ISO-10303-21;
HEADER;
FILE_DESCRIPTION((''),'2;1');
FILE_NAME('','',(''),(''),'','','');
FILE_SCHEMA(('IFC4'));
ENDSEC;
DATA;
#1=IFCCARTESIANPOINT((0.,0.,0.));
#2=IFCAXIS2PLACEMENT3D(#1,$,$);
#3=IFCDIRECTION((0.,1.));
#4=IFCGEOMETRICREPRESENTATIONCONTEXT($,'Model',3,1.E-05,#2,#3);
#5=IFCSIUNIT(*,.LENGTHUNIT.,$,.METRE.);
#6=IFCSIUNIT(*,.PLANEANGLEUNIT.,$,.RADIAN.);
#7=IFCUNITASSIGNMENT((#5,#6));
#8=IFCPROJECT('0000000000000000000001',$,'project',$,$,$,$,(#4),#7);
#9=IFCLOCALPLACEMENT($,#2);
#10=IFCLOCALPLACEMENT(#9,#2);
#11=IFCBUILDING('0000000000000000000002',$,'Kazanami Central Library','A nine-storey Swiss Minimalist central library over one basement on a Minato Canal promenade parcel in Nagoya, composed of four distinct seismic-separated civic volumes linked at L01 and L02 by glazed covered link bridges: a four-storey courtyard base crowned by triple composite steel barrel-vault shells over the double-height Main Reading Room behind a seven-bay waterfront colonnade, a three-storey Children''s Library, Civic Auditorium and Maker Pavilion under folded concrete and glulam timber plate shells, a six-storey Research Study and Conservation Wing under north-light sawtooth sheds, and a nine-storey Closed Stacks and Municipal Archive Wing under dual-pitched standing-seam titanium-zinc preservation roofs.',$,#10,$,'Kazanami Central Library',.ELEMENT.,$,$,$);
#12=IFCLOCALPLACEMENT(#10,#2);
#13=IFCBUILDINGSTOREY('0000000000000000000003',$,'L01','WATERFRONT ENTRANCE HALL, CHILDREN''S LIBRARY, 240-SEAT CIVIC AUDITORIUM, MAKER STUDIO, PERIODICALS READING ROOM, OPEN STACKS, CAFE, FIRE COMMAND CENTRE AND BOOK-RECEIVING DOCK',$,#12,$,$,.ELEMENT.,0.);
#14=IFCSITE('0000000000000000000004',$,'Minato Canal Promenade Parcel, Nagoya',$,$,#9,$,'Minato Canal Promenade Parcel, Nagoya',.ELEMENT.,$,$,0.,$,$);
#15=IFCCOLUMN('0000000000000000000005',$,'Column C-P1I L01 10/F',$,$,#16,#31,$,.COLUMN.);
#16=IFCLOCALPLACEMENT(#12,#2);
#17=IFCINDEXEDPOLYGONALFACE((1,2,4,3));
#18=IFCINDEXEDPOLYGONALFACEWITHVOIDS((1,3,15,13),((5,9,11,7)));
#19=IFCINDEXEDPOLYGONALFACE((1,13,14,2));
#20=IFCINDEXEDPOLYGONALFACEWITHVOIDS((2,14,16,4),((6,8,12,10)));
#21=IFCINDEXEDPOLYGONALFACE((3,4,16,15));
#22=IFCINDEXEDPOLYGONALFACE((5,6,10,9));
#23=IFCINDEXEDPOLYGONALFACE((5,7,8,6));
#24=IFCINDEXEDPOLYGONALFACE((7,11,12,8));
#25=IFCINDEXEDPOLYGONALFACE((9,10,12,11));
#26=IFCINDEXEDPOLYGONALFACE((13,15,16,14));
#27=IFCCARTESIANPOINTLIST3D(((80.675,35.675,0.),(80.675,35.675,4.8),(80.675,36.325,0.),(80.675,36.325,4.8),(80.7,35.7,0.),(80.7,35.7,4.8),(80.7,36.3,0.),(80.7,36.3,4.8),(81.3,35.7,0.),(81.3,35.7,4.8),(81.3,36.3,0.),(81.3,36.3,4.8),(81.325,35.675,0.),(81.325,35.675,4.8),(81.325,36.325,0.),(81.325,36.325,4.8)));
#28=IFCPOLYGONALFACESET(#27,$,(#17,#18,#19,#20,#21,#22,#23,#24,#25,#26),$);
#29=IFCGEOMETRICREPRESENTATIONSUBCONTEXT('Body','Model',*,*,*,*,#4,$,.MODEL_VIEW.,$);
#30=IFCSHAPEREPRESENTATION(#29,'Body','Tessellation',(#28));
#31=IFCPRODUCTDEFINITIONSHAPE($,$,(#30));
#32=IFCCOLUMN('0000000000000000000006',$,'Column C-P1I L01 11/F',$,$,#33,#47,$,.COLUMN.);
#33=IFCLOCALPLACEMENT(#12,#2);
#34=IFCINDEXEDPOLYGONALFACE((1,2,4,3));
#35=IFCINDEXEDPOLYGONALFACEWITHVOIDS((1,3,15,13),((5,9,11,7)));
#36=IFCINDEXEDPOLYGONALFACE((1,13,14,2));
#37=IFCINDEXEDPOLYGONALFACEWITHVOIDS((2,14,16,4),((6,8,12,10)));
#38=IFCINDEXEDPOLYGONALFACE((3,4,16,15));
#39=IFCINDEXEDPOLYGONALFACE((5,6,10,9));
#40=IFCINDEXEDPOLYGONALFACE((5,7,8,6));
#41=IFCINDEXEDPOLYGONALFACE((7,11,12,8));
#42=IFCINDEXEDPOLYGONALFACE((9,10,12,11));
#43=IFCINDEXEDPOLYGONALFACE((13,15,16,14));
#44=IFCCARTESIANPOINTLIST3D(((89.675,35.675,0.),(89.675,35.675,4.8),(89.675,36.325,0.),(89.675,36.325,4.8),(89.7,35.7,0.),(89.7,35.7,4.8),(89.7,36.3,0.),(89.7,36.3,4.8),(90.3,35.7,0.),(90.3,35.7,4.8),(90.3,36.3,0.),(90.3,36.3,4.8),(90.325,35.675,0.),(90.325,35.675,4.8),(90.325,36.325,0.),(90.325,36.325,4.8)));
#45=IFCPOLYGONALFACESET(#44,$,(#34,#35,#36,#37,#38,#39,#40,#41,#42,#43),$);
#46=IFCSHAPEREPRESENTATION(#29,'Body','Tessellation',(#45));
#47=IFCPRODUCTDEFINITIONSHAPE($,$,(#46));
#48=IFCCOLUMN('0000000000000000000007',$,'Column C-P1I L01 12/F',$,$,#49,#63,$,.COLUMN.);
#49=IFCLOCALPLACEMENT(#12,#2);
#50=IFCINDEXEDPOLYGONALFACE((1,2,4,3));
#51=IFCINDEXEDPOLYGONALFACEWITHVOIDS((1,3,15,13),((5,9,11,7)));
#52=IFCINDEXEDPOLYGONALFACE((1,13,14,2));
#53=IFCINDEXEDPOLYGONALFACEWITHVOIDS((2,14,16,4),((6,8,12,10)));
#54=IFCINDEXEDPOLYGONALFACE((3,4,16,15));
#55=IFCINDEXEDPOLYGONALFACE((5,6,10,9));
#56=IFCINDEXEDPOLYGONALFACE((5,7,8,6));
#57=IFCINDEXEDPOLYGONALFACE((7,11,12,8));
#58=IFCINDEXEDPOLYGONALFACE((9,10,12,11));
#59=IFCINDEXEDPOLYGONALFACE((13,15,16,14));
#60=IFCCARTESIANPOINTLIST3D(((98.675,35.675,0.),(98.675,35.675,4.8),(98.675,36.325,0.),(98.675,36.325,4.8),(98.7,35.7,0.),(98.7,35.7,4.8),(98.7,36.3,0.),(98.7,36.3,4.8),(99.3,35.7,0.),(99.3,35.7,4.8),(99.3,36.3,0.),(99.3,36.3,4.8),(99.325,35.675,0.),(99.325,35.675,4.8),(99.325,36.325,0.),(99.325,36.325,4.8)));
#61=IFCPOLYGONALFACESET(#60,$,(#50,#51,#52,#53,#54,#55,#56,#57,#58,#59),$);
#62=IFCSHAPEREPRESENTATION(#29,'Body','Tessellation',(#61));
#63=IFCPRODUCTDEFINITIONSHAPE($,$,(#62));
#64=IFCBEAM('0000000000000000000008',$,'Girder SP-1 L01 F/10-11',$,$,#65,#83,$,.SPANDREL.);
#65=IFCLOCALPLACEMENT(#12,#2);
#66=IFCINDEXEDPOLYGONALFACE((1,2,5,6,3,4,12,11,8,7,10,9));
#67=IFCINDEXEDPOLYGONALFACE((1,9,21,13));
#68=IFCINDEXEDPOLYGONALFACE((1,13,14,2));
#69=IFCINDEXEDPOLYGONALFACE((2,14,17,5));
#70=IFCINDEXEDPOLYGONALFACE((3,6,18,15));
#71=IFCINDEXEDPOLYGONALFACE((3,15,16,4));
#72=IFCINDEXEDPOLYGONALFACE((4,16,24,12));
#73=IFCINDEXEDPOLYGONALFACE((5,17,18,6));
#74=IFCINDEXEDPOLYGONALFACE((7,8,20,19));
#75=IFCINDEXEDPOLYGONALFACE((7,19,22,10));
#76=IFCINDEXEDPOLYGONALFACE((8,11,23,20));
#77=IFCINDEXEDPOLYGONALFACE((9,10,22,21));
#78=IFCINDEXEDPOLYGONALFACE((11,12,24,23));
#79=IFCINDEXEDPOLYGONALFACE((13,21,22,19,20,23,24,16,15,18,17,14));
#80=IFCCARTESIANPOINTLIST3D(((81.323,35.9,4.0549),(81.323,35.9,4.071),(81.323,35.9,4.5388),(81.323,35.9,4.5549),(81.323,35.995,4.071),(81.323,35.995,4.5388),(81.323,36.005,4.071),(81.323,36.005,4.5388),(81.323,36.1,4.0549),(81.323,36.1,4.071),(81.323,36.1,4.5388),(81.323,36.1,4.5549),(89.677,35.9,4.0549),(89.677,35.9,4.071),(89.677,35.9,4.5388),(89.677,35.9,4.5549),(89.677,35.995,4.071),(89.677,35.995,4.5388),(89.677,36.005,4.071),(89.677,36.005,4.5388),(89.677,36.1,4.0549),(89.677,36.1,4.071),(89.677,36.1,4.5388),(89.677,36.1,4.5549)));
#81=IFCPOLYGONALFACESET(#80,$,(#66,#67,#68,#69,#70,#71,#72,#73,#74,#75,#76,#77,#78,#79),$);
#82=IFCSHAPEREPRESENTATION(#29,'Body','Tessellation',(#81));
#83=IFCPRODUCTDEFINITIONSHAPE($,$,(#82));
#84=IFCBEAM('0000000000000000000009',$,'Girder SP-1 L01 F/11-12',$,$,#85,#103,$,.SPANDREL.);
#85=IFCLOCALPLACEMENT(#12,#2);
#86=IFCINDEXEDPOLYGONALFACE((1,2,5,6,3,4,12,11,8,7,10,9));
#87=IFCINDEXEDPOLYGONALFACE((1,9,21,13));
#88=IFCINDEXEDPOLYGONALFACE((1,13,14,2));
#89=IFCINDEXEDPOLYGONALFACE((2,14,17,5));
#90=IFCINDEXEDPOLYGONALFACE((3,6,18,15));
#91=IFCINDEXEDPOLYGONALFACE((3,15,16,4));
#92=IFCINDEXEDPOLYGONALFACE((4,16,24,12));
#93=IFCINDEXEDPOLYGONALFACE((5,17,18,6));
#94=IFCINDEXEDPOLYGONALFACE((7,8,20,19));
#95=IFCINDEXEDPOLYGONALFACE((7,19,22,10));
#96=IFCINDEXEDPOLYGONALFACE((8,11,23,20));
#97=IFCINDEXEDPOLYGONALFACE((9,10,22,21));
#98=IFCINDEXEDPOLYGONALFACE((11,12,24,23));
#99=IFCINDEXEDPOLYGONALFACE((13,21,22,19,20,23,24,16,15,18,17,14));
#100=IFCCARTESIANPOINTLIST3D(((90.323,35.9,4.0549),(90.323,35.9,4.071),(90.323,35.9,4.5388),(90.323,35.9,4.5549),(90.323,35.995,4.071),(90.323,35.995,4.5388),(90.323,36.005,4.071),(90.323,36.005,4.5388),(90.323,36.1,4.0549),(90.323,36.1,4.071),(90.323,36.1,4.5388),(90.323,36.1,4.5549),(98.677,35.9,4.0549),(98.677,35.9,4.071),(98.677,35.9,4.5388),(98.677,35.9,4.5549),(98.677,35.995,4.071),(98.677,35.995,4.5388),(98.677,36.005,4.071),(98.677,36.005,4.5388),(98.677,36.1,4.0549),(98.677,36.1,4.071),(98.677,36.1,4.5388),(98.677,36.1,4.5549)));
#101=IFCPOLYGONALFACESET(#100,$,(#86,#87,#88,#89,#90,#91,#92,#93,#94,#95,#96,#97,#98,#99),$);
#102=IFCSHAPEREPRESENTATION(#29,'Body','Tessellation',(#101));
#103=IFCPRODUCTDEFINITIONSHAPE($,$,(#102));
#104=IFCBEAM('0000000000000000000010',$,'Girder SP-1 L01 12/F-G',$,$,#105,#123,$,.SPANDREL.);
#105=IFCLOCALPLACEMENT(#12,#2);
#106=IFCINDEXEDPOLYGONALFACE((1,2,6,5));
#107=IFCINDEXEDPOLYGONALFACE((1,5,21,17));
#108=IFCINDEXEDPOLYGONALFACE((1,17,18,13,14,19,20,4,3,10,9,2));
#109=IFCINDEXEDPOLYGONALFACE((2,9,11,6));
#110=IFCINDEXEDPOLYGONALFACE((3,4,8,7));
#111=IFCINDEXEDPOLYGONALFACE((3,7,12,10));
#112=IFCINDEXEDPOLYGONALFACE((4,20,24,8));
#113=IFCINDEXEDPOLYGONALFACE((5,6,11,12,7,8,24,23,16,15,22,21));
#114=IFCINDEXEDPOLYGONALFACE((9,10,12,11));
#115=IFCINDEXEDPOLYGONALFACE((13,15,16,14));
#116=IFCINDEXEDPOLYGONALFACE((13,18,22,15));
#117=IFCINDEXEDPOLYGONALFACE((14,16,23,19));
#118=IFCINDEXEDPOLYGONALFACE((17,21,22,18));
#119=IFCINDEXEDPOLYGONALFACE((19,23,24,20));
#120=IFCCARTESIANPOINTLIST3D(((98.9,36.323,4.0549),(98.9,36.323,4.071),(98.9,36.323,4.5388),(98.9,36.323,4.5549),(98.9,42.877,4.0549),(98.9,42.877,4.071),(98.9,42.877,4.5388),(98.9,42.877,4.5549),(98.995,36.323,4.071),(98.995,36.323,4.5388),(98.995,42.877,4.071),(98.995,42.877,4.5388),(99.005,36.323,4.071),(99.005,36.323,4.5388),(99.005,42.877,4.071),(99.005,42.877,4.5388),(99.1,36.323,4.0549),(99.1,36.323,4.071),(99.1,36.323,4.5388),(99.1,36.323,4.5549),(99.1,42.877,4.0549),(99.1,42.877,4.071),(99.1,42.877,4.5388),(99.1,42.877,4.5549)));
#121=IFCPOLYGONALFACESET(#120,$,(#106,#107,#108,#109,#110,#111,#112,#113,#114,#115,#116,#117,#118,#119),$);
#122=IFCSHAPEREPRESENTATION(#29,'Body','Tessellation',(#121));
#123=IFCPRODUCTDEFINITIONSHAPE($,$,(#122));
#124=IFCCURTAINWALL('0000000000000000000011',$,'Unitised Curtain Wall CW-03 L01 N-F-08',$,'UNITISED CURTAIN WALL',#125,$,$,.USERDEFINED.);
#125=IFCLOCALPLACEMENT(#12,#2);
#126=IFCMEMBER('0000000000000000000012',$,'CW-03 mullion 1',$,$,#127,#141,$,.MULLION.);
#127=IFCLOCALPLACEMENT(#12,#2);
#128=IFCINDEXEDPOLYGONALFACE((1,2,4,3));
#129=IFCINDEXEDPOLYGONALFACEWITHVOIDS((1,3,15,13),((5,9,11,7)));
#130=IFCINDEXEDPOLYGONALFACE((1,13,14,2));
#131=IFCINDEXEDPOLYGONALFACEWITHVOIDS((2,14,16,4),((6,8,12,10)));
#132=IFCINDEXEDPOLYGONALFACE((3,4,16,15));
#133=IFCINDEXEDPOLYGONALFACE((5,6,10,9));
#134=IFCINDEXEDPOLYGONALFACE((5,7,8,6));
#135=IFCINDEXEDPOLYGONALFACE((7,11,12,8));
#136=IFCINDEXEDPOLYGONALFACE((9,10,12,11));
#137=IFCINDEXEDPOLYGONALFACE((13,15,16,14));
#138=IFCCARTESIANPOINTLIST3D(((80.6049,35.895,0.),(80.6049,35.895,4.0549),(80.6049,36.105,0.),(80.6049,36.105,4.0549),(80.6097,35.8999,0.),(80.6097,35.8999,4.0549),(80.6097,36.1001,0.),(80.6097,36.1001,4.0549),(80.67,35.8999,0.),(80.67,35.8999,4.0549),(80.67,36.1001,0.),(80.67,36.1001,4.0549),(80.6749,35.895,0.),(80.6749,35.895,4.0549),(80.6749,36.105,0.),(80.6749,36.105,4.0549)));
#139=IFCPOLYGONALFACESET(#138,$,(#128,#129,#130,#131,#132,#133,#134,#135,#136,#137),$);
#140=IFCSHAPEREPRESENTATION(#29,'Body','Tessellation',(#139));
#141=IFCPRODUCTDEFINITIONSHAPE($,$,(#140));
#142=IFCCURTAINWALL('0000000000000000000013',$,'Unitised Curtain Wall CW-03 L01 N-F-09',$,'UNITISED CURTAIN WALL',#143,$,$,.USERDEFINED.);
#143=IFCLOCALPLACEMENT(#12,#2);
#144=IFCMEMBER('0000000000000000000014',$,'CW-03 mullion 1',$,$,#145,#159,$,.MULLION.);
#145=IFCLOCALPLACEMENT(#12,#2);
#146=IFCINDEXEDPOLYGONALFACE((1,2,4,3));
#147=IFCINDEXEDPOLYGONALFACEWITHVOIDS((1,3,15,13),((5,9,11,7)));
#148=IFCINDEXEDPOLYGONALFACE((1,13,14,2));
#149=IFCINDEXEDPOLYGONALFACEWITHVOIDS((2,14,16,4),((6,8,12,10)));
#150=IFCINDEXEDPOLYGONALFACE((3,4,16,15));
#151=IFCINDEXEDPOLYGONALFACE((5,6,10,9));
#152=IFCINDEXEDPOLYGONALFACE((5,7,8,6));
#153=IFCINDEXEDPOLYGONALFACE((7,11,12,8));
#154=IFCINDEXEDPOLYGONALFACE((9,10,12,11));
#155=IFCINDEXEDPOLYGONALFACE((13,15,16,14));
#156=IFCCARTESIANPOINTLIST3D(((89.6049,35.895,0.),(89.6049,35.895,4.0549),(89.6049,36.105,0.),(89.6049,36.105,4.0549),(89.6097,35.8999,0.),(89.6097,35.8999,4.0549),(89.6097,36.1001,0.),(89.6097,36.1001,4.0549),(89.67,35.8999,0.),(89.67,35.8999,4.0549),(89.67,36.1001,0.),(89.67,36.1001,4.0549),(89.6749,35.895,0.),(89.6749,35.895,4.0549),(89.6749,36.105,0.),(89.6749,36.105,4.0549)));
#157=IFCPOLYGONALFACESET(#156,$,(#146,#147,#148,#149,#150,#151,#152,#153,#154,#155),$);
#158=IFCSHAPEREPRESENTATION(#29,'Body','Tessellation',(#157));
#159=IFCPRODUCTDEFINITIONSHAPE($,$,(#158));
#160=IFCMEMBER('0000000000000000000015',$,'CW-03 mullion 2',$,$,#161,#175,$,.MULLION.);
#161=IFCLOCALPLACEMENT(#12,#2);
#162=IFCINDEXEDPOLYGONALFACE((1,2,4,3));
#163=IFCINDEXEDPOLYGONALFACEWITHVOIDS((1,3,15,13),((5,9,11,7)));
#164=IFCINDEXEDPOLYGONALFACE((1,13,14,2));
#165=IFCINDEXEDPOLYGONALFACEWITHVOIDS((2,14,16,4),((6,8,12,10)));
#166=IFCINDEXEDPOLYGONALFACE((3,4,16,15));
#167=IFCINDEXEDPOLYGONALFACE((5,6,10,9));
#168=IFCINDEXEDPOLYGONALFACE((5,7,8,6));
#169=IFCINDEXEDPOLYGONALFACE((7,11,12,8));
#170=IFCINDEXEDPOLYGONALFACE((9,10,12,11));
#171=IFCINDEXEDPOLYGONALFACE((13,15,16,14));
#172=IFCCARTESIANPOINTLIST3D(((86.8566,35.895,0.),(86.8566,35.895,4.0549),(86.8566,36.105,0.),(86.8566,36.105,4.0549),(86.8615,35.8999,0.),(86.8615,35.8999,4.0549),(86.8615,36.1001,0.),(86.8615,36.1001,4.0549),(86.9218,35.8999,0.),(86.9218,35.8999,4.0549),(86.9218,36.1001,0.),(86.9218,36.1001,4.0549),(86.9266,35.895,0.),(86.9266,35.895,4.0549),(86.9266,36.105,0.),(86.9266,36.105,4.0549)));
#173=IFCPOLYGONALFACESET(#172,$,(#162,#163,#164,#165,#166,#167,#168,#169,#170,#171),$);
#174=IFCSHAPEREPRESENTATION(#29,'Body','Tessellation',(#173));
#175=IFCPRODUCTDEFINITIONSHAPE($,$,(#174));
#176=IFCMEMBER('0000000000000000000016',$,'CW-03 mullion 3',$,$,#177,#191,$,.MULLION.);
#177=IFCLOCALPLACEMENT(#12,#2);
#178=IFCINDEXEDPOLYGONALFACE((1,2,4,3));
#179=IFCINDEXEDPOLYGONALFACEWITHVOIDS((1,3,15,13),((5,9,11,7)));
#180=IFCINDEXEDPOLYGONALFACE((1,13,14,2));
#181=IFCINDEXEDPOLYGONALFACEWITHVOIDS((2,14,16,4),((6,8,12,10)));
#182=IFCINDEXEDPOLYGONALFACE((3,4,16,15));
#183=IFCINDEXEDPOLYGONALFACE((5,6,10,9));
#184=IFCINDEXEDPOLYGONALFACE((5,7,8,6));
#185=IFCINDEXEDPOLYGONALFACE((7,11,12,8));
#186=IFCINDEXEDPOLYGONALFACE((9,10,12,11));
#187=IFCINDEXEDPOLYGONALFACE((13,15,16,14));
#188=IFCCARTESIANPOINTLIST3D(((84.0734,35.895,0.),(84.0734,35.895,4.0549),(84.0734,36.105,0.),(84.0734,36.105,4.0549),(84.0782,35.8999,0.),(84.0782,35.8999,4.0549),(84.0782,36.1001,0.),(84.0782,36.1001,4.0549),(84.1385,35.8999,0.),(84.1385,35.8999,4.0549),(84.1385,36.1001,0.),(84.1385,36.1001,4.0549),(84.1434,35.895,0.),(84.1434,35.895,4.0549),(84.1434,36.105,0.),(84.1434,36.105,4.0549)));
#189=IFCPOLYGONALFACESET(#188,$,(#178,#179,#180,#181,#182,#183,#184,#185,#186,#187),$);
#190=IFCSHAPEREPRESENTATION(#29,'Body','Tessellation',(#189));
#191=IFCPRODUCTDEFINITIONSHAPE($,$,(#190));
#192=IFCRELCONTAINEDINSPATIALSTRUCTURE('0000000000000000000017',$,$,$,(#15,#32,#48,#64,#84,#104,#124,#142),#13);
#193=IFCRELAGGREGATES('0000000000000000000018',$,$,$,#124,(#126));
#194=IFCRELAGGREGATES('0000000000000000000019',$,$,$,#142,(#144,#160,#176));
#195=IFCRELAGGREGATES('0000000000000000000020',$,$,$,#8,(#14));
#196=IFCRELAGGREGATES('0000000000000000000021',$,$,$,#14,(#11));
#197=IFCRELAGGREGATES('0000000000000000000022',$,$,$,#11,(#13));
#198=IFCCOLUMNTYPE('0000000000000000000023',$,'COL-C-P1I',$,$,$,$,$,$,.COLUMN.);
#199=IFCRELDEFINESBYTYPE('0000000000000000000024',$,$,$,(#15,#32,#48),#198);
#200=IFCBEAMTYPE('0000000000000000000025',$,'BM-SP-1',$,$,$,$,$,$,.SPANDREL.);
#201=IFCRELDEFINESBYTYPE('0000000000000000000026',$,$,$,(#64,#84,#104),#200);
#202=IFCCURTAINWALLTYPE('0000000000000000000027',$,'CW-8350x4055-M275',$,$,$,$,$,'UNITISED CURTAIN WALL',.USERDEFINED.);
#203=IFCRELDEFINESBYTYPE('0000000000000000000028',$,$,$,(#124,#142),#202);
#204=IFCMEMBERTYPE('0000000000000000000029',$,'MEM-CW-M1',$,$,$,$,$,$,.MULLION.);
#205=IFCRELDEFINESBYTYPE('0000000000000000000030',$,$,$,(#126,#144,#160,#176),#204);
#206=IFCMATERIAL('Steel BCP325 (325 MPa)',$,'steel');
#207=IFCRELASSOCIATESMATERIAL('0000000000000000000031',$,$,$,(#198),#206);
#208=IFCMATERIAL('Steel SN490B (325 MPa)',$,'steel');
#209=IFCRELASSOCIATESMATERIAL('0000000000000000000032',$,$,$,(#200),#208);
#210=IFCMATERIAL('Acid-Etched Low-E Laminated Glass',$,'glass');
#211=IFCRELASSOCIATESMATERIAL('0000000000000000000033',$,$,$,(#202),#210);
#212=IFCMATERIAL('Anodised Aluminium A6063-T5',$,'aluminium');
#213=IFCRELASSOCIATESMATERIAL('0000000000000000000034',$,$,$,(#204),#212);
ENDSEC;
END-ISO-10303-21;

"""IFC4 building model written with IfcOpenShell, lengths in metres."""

from ifc_helpers import new_model, si_unit, direction, frame, origin, origin_2d, place, context, subcontext, project, spatial, hollow_rectangle, i_section, extrude, material, material_profile, profile_set, type_object, element, aggregate, save


model = new_model("IFC4")

# Units and contexts
model_context = context("Model", 3, precision=1e-05, world=origin(), true_north=direction((0.0, 1.0)))
body_context = subcontext(model_context, "Body", "Model", "MODEL_VIEW")
ifc_project = project(units=[si_unit("LENGTHUNIT", "METRE"), si_unit("PLANEANGLEUNIT", "RADIAN")], contexts=[model_context])

# Site, building, storey
site_placement = place(None, origin())
site = spatial("IfcSite", under=ifc_project, at=site_placement, Name="Minato Canal Promenade Parcel, Nagoya", LongName="Minato Canal Promenade Parcel, Nagoya", CompositionType="ELEMENT", RefElevation=0.0)
building_placement = place(site_placement, origin())
building = spatial("IfcBuilding", under=site, at=building_placement, Name="Kazanami Central Library", Description="A nine-storey Swiss Minimalist central library over one basement on a Minato Canal promenade parcel in Nagoya, composed of four distinct seismic-separated civic volumes linked at L01 and L02 by glazed covered link bridges: a four-storey courtyard base crowned by triple composite steel barrel-vault shells over the double-height Main Reading Room behind a seven-bay waterfront colonnade, a three-storey Children's Library, Civic Auditorium and Maker Pavilion under folded concrete and glulam timber plate shells, a six-storey Research Study and Conservation Wing under north-light sawtooth sheds, and a nine-storey Closed Stacks and Municipal Archive Wing under dual-pitched standing-seam titanium-zinc preservation roofs.", LongName="Kazanami Central Library", CompositionType="ELEMENT")
storey_placement = place(building_placement, origin())
storey = spatial("IfcBuildingStorey", under=building, at=storey_placement, Name="L01", Description="WATERFRONT ENTRANCE HALL, CHILDREN'S LIBRARY, 240-SEAT CIVIC AUDITORIUM, MAKER STUDIO, PERIODICALS READING ROOM, OPEN STACKS, CAFE, FIRE COMMAND CENTRE AND BOOK-RECEIVING DOCK", CompositionType="ELEMENT", Elevation=0.0)

# Columns
ifc_material_1 = material(Name="Steel BCP325 (325 MPa)", Category="steel")
ifc_material_profile_1 = material_profile(ifc_material_1, hollow_rectangle(XDim=0.6499, YDim=0.6499, WallThickness=0.0249, at=origin_2d()), Name="BCP-650x650x25")
ifc_profile_set_1 = profile_set([ifc_material_profile_1], Name="Steel BCP325 (325 MPa)")
column_type = type_object("IfcColumnType", Name="COL-C-P1I", PredefinedType="COLUMN", material=ifc_profile_set_1)
for number, where, z_axis, x_axis, name in (
    (1, (81.0, 36.0, 0.0), (0.0, 0.0, 1.0), (1.0, 0.0, 0.0), "Column C-P1I L01 10/F"),
    (2, (90.0, 36.0, 0.0), (0.0, 0.0, 1.0), (1.0, 0.0, 0.0), "Column C-P1I L01 11/F"),
    (3, (99.0, 36.0, 0.0), (0.0, 0.0, 1.0), (1.0, 0.0, 0.0), "Column C-P1I L01 12/F"),
):
    element("IfcColumn", number, at=place(storey_placement, frame(where, z_axis=z_axis, x_axis=x_axis)), inside=storey, type_object=column_type, Name=name, PredefinedType="COLUMN", context=body_context, shape_type="SweptSolid", body=[
        extrude(hollow_rectangle(XDim=0.6499, YDim=0.6499, WallThickness=0.0249, at=origin_2d()), origin(), (0.0, 0.0, 1.0), 4.8),
    ])

# Beams
ifc_material_2 = material(Name="Steel SN490B (325 MPa)", Category="steel")
ifc_material_profile_2 = material_profile(ifc_material_2, i_section(OverallWidth=0.2, OverallDepth=0.5, WebThickness=0.01, FlangeThickness=0.0161, at=origin_2d()), Name="H-500x200x10x16")
ifc_profile_set_2 = profile_set([ifc_material_profile_2], Name="Steel SN490B (325 MPa)")
beam_type = type_object("IfcBeamType", Name="BM-SP-1", PredefinedType="SPANDREL", material=ifc_profile_set_2)
for number, where, z_axis, x_axis, name in (
    (4, (81.323, 36.0, 4.3049), (1.0, 0.0, 0.0), (0.0, 1.0, 0.0), "Girder SP-1 L01 F/10-11"),
    (5, (90.323, 36.0, 4.3049), (1.0, 0.0, 0.0), (0.0, 1.0, 0.0), "Girder SP-1 L01 F/11-12"),
):
    element("IfcBeam", number, at=place(storey_placement, frame(where, z_axis=z_axis, x_axis=x_axis)), inside=storey, type_object=beam_type, Name=name, PredefinedType="SPANDREL", context=body_context, shape_type="SweptSolid", body=[
        extrude(i_section(OverallWidth=0.2, OverallDepth=0.5, WebThickness=0.01, FlangeThickness=0.0161, at=origin_2d()), origin(), (0.0, 0.0, 1.0), 8.354),
    ])
beam_placement = place(storey_placement, frame((99.0, 36.323, 4.3049), z_axis=(0.0, 1.0, 0.0), x_axis=(-1.0, 0.0, 0.0)))
element("IfcBeam", 6, at=beam_placement, inside=storey, type_object=beam_type, Name="Girder SP-1 L01 12/F-G", PredefinedType="SPANDREL", context=body_context, shape_type="SweptSolid", body=[
    extrude(i_section(OverallWidth=0.2, OverallDepth=0.5, WebThickness=0.01, FlangeThickness=0.0161, at=origin_2d()), origin(), (0.0, 0.0, 1.0), 6.554),
])

# Curtain wall, member
ifc_material_3 = material(Name="Acid-Etched Low-E Laminated Glass", Category="glass")
curtain_wall_type_1 = type_object("IfcCurtainWallType", Name="CW-8350x4055-M275", ElementType="UNITISED CURTAIN WALL", PredefinedType="USERDEFINED", material=ifc_material_3)
curtain_wall_1_placement = place(storey_placement, origin())
curtain_wall_1 = element("IfcCurtainWall", 7, at=curtain_wall_1_placement, inside=storey, type_object=curtain_wall_type_1, Name="Unitised Curtain Wall CW-03 L01 N-F-08", ObjectType="UNITISED CURTAIN WALL", PredefinedType="USERDEFINED")
ifc_material_4 = material(Name="Anodised Aluminium A6063-T5", Category="aluminium")
ifc_material_profile_3 = material_profile(ifc_material_4, hollow_rectangle(XDim=0.0701, YDim=0.21, WallThickness=0.0049, at=origin_2d()), Name="ALU-MULL-70x210x5")
ifc_profile_set_3 = profile_set([ifc_material_profile_3], Name="Anodised Aluminium A6063-T5")
member_type_1 = type_object("IfcMemberType", Name="MEM-CW-M1", PredefinedType="MULLION", material=ifc_profile_set_3)
member_1_placement = place(storey_placement, frame((80.6399, 36.0, 0.0), z_axis=(0.0, 0.0, 1.0), x_axis=(-1.0, 0.0, 0.0)))
member_1 = element("IfcMember", 8, at=member_1_placement, type_object=member_type_1, Name="CW-03 mullion 1", PredefinedType="MULLION", context=body_context, shape_type="SweptSolid", body=[
    extrude(hollow_rectangle(XDim=0.0701, YDim=0.21, WallThickness=0.0049, at=origin_2d()), origin(), (0.0, 0.0, 1.0), 4.0549),
])

# Curtain wall, members
curtain_wall_2_placement = place(storey_placement, origin())
curtain_wall_2 = element("IfcCurtainWall", 9, at=curtain_wall_2_placement, inside=storey, type_object=curtain_wall_type_1, Name="Unitised Curtain Wall CW-03 L01 N-F-09", ObjectType="UNITISED CURTAIN WALL", PredefinedType="USERDEFINED")
member_2_placement = place(storey_placement, frame((89.6399, 36.0, 0.0), z_axis=(0.0, 0.0, 1.0), x_axis=(-1.0, 0.0, 0.0)))
member_2 = element("IfcMember", 10, at=member_2_placement, type_object=member_type_1, Name="CW-03 mullion 1", PredefinedType="MULLION", context=body_context, shape_type="SweptSolid", body=[
    extrude(hollow_rectangle(XDim=0.0701, YDim=0.21, WallThickness=0.0049, at=origin_2d()), origin(), (0.0, 0.0, 1.0), 4.0549),
])
member_3_placement = place(storey_placement, frame((86.8916, 36.0, 0.0), z_axis=(0.0, 0.0, 1.0), x_axis=(-1.0, 0.0, 0.0)))
member_3 = element("IfcMember", 11, at=member_3_placement, type_object=member_type_1, Name="CW-03 mullion 2", PredefinedType="MULLION", context=body_context, shape_type="SweptSolid", body=[
    extrude(hollow_rectangle(XDim=0.0701, YDim=0.21, WallThickness=0.0049, at=origin_2d()), origin(), (0.0, 0.0, 1.0), 4.0549),
])
member_4_placement = place(storey_placement, frame((84.1084, 36.0, 0.0), z_axis=(0.0, 0.0, 1.0), x_axis=(-1.0, 0.0, 0.0)))
member_4 = element("IfcMember", 12, at=member_4_placement, type_object=member_type_1, Name="CW-03 mullion 3", PredefinedType="MULLION", context=body_context, shape_type="SweptSolid", body=[
    extrude(hollow_rectangle(XDim=0.0701, YDim=0.21, WallThickness=0.0049, at=origin_2d()), origin(), (0.0, 0.0, 1.0), 4.0549),
])

aggregate(curtain_wall_1, [member_1])

aggregate(curtain_wall_2, [member_2, member_3, member_4])

save(model, "model.ifc")
